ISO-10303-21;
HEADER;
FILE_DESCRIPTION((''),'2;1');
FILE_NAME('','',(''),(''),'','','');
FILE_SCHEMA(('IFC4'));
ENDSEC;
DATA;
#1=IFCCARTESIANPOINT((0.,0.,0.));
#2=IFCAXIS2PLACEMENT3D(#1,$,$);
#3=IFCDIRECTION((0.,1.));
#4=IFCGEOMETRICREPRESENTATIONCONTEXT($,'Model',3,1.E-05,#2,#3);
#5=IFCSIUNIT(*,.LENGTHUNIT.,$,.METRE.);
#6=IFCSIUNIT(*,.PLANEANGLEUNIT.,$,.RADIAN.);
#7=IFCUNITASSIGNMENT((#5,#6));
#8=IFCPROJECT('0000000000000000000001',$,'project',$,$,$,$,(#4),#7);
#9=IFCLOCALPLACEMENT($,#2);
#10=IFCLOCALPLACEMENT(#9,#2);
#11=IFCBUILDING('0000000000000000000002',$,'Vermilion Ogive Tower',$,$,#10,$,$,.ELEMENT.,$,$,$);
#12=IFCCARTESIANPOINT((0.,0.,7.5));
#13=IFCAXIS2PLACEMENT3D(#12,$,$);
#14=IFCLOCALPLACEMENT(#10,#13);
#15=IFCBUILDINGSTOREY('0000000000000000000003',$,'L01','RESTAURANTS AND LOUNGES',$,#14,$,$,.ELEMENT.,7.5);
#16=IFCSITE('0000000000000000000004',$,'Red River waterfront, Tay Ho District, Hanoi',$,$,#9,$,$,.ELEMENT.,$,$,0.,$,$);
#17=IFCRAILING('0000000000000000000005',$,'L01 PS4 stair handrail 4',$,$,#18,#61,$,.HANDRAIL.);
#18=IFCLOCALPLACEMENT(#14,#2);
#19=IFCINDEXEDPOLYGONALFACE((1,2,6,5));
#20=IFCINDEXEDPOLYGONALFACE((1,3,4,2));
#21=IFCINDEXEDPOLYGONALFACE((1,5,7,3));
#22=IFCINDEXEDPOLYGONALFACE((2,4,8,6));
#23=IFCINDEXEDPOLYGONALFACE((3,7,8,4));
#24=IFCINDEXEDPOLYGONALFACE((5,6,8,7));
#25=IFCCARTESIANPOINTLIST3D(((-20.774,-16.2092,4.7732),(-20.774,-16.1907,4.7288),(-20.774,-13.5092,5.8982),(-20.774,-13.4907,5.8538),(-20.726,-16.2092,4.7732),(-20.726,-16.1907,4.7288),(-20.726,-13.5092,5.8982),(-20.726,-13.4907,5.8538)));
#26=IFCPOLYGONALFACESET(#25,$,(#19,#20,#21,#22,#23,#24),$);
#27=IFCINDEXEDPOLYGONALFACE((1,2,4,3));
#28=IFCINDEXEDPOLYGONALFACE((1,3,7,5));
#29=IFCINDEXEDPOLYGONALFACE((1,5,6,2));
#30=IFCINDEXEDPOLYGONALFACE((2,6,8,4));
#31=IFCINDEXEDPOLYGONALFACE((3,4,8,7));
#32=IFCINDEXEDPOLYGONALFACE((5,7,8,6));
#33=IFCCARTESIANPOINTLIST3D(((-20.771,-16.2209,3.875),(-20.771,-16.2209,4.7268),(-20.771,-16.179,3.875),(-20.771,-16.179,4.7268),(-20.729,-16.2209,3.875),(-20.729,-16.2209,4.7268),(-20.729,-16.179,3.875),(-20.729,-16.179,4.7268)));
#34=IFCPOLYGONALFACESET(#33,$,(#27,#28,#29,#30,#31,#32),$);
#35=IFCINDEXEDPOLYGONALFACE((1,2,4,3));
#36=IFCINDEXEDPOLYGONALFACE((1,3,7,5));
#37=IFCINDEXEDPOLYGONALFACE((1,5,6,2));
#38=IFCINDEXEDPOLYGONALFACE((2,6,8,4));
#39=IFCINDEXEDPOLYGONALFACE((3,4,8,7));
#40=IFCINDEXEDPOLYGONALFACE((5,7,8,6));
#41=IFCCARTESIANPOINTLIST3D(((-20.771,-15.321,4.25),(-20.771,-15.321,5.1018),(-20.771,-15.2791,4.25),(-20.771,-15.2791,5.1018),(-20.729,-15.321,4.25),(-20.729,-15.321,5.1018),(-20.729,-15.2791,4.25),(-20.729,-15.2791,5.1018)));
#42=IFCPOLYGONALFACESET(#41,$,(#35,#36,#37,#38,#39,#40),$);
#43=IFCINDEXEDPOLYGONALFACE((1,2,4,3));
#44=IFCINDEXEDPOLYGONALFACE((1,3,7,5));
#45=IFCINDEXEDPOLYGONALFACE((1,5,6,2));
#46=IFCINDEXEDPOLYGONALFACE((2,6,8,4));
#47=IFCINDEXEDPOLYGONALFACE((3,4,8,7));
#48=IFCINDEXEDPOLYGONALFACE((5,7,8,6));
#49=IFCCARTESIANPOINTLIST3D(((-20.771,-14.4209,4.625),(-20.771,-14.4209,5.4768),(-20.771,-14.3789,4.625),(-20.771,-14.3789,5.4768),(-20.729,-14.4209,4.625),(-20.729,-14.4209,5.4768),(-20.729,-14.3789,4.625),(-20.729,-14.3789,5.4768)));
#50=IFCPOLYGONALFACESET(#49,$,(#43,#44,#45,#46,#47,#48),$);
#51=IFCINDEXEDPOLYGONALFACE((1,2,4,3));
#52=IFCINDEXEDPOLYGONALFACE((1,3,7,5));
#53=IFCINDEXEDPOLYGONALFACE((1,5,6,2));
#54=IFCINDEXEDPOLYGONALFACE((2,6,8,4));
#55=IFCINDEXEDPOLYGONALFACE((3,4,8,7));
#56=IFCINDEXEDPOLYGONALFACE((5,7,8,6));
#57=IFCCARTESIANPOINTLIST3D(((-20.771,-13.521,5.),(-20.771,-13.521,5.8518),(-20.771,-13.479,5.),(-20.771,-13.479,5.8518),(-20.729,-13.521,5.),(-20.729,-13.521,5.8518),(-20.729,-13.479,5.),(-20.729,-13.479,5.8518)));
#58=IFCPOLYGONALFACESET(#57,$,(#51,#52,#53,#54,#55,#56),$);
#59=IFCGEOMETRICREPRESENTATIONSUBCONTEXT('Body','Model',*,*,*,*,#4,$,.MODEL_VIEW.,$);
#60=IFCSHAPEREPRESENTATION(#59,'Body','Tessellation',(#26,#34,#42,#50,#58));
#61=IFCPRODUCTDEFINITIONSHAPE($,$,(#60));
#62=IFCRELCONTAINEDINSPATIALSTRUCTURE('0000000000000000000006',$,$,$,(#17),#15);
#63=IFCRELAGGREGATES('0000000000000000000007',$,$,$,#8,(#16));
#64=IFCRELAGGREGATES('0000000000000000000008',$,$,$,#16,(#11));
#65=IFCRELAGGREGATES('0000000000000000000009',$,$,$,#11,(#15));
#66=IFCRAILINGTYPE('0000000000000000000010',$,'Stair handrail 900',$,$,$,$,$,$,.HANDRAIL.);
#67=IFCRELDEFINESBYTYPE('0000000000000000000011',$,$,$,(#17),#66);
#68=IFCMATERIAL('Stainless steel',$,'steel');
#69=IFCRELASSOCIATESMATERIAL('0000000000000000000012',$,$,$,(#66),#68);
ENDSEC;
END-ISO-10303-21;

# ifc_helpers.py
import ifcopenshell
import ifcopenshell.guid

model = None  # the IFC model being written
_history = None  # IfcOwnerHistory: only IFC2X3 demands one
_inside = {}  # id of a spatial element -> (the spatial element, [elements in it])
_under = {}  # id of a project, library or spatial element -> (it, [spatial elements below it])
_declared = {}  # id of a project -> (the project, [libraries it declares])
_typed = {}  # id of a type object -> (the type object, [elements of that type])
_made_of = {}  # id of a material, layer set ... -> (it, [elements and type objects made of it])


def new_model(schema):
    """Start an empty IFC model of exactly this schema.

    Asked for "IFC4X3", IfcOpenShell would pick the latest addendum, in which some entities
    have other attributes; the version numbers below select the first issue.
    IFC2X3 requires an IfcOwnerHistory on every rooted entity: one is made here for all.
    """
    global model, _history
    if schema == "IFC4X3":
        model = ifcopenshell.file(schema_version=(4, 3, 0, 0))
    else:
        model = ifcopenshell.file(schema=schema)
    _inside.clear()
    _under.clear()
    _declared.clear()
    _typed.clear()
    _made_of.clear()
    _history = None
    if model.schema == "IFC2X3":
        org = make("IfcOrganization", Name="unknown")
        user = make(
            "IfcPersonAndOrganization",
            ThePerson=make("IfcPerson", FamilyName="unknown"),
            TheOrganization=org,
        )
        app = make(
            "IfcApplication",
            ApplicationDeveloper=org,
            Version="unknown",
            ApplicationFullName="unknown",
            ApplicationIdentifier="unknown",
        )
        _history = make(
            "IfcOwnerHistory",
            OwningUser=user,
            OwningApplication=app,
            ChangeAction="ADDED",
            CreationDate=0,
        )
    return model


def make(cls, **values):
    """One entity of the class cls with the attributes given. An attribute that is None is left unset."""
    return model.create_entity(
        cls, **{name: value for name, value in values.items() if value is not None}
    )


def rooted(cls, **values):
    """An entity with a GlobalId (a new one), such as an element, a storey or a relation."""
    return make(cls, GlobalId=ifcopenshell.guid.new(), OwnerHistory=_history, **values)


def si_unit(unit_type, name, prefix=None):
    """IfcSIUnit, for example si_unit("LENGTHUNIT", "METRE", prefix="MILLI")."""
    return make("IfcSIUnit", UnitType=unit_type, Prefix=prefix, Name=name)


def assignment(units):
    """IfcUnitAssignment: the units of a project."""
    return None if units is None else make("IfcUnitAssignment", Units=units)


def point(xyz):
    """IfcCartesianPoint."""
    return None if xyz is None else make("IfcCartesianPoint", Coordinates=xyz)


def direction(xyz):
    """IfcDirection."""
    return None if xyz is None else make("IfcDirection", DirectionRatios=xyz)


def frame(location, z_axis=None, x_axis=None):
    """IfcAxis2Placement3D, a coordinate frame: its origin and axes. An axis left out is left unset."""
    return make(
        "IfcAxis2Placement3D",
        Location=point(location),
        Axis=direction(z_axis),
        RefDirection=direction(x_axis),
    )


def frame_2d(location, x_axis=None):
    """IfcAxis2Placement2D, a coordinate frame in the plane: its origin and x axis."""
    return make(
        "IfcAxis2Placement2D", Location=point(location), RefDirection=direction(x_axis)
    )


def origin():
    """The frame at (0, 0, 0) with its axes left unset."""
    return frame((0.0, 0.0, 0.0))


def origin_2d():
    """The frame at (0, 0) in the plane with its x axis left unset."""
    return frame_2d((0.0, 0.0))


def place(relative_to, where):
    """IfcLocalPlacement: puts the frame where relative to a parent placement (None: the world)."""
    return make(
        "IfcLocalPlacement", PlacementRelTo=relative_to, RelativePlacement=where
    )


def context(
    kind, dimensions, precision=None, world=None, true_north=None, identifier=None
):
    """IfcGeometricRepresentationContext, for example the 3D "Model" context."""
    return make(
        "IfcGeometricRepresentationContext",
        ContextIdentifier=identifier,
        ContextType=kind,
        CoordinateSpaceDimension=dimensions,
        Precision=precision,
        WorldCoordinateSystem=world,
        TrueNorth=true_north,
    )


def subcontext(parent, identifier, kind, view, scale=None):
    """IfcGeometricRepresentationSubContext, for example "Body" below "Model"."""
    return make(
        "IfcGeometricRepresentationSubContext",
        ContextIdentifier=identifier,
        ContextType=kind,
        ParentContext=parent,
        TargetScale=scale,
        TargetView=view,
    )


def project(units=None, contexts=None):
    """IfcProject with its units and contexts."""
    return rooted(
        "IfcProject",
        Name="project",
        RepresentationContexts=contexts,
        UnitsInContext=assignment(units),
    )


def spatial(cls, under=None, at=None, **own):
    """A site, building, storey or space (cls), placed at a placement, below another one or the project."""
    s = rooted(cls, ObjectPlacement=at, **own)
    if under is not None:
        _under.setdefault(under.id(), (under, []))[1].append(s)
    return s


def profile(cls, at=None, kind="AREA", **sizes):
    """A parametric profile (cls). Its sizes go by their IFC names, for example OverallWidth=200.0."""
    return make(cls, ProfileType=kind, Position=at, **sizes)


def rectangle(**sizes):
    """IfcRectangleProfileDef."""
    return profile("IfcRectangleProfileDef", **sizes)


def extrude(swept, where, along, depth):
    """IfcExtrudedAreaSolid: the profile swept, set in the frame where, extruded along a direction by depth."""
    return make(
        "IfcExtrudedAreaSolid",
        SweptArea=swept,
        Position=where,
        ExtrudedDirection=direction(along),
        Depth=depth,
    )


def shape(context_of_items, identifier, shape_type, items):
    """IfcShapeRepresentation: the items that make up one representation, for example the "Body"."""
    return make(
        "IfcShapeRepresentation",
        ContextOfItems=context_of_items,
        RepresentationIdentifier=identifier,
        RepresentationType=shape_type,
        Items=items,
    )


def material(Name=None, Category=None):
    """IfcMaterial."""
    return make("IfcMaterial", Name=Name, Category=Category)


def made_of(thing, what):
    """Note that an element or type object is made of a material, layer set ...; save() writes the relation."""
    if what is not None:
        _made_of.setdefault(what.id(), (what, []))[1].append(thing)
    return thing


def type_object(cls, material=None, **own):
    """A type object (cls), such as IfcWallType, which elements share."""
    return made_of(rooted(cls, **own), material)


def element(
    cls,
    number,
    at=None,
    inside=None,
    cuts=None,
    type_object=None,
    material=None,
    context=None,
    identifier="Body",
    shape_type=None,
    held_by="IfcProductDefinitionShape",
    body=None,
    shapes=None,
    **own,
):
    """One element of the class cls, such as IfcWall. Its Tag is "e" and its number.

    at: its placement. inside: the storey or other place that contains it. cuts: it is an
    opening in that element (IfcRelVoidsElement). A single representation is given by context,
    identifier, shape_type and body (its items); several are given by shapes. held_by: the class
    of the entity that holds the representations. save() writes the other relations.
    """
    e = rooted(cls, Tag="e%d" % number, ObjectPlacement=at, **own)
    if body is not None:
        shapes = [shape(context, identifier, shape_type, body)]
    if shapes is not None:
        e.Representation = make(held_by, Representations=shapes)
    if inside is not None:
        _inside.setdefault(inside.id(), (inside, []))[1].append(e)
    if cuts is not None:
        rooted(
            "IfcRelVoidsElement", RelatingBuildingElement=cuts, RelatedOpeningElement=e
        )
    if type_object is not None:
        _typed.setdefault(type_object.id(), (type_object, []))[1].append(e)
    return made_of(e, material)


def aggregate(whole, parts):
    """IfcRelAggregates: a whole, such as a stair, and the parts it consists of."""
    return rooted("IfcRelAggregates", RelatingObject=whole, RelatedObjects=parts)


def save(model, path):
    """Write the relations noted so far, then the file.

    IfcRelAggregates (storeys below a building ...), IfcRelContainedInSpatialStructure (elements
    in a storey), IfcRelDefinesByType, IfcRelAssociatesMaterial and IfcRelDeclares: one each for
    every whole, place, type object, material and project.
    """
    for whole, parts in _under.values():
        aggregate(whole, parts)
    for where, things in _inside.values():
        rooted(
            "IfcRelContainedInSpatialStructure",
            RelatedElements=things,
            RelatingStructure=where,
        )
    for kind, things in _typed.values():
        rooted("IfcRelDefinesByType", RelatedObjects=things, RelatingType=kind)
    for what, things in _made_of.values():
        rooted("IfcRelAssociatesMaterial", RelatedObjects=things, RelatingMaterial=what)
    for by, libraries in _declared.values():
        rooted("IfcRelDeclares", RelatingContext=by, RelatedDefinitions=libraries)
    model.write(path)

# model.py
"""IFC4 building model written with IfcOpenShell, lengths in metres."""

from ifc_helpers import new_model, si_unit, direction, frame, origin, origin_2d, place, context, subcontext, project, spatial, rectangle, extrude, material, type_object, element, save


model = new_model("IFC4")

# Units and contexts
model_context = context("Model", 3, precision=1e-05, world=origin(), true_north=direction((0.0, 1.0)))
body_context = subcontext(model_context, "Body", "Model", "MODEL_VIEW")
ifc_project = project(units=[si_unit("LENGTHUNIT", "METRE"), si_unit("PLANEANGLEUNIT", "RADIAN")], contexts=[model_context])

# Site, building, storey
site_placement = place(None, origin())
site = spatial("IfcSite", under=ifc_project, at=site_placement, Name="Red River waterfront, Tay Ho District, Hanoi", CompositionType="ELEMENT", RefElevation=0.0)
building_placement = place(site_placement, origin())
building = spatial("IfcBuilding", under=site, at=building_placement, Name="Vermilion Ogive Tower", CompositionType="ELEMENT")
storey_placement = place(building_placement, frame((0.0, 0.0, 7.5)))
storey = spatial("IfcBuildingStorey", under=building, at=storey_placement, Name="L01", Description="RESTAURANTS AND LOUNGES", CompositionType="ELEMENT", Elevation=7.5)

# Railing
ifc_material_1 = material(Name="Stainless steel", Category="steel")
railing_type_1 = type_object("IfcRailingType", Name="Stair handrail 900", PredefinedType="HANDRAIL", material=ifc_material_1)
for number, where, name in (
    (1, (-20.75, -16.2, 3.875), "L01 PS4 stair handrail 4"),
):
    element("IfcRailing", number, at=place(storey_placement, frame(where)), inside=storey, type_object=railing_type_1, Name=name, PredefinedType="HANDRAIL", context=body_context, shape_type="SweptSolid", body=[
        extrude(rectangle(XDim=0.0481, YDim=0.0481, at=origin_2d()), frame((0.0, 0.0, 0.876), z_axis=(0.0, 0.923074, 0.384621), x_axis=(-1.0, 0.0, 0.0)), (0.0, 0.0, 1.0), 2.925),
        extrude(rectangle(XDim=0.042, YDim=0.042, at=origin_2d()), origin(), (0.0, 0.0, 1.0), 0.8518),
        extrude(rectangle(XDim=0.042, YDim=0.042, at=origin_2d()), frame((0.0, 0.8999, 0.375)), (0.0, 0.0, 1.0), 0.8518),
        extrude(rectangle(XDim=0.042, YDim=0.042, at=origin_2d()), frame((0.0, 1.8, 0.75)), (0.0, 0.0, 1.0), 0.8518),
        extrude(rectangle(XDim=0.042, YDim=0.042, at=origin_2d()), frame((0.0, 2.7, 1.125)), (0.0, 0.0, 1.0), 0.8518),
    ])

save(model, "model.ifc")
